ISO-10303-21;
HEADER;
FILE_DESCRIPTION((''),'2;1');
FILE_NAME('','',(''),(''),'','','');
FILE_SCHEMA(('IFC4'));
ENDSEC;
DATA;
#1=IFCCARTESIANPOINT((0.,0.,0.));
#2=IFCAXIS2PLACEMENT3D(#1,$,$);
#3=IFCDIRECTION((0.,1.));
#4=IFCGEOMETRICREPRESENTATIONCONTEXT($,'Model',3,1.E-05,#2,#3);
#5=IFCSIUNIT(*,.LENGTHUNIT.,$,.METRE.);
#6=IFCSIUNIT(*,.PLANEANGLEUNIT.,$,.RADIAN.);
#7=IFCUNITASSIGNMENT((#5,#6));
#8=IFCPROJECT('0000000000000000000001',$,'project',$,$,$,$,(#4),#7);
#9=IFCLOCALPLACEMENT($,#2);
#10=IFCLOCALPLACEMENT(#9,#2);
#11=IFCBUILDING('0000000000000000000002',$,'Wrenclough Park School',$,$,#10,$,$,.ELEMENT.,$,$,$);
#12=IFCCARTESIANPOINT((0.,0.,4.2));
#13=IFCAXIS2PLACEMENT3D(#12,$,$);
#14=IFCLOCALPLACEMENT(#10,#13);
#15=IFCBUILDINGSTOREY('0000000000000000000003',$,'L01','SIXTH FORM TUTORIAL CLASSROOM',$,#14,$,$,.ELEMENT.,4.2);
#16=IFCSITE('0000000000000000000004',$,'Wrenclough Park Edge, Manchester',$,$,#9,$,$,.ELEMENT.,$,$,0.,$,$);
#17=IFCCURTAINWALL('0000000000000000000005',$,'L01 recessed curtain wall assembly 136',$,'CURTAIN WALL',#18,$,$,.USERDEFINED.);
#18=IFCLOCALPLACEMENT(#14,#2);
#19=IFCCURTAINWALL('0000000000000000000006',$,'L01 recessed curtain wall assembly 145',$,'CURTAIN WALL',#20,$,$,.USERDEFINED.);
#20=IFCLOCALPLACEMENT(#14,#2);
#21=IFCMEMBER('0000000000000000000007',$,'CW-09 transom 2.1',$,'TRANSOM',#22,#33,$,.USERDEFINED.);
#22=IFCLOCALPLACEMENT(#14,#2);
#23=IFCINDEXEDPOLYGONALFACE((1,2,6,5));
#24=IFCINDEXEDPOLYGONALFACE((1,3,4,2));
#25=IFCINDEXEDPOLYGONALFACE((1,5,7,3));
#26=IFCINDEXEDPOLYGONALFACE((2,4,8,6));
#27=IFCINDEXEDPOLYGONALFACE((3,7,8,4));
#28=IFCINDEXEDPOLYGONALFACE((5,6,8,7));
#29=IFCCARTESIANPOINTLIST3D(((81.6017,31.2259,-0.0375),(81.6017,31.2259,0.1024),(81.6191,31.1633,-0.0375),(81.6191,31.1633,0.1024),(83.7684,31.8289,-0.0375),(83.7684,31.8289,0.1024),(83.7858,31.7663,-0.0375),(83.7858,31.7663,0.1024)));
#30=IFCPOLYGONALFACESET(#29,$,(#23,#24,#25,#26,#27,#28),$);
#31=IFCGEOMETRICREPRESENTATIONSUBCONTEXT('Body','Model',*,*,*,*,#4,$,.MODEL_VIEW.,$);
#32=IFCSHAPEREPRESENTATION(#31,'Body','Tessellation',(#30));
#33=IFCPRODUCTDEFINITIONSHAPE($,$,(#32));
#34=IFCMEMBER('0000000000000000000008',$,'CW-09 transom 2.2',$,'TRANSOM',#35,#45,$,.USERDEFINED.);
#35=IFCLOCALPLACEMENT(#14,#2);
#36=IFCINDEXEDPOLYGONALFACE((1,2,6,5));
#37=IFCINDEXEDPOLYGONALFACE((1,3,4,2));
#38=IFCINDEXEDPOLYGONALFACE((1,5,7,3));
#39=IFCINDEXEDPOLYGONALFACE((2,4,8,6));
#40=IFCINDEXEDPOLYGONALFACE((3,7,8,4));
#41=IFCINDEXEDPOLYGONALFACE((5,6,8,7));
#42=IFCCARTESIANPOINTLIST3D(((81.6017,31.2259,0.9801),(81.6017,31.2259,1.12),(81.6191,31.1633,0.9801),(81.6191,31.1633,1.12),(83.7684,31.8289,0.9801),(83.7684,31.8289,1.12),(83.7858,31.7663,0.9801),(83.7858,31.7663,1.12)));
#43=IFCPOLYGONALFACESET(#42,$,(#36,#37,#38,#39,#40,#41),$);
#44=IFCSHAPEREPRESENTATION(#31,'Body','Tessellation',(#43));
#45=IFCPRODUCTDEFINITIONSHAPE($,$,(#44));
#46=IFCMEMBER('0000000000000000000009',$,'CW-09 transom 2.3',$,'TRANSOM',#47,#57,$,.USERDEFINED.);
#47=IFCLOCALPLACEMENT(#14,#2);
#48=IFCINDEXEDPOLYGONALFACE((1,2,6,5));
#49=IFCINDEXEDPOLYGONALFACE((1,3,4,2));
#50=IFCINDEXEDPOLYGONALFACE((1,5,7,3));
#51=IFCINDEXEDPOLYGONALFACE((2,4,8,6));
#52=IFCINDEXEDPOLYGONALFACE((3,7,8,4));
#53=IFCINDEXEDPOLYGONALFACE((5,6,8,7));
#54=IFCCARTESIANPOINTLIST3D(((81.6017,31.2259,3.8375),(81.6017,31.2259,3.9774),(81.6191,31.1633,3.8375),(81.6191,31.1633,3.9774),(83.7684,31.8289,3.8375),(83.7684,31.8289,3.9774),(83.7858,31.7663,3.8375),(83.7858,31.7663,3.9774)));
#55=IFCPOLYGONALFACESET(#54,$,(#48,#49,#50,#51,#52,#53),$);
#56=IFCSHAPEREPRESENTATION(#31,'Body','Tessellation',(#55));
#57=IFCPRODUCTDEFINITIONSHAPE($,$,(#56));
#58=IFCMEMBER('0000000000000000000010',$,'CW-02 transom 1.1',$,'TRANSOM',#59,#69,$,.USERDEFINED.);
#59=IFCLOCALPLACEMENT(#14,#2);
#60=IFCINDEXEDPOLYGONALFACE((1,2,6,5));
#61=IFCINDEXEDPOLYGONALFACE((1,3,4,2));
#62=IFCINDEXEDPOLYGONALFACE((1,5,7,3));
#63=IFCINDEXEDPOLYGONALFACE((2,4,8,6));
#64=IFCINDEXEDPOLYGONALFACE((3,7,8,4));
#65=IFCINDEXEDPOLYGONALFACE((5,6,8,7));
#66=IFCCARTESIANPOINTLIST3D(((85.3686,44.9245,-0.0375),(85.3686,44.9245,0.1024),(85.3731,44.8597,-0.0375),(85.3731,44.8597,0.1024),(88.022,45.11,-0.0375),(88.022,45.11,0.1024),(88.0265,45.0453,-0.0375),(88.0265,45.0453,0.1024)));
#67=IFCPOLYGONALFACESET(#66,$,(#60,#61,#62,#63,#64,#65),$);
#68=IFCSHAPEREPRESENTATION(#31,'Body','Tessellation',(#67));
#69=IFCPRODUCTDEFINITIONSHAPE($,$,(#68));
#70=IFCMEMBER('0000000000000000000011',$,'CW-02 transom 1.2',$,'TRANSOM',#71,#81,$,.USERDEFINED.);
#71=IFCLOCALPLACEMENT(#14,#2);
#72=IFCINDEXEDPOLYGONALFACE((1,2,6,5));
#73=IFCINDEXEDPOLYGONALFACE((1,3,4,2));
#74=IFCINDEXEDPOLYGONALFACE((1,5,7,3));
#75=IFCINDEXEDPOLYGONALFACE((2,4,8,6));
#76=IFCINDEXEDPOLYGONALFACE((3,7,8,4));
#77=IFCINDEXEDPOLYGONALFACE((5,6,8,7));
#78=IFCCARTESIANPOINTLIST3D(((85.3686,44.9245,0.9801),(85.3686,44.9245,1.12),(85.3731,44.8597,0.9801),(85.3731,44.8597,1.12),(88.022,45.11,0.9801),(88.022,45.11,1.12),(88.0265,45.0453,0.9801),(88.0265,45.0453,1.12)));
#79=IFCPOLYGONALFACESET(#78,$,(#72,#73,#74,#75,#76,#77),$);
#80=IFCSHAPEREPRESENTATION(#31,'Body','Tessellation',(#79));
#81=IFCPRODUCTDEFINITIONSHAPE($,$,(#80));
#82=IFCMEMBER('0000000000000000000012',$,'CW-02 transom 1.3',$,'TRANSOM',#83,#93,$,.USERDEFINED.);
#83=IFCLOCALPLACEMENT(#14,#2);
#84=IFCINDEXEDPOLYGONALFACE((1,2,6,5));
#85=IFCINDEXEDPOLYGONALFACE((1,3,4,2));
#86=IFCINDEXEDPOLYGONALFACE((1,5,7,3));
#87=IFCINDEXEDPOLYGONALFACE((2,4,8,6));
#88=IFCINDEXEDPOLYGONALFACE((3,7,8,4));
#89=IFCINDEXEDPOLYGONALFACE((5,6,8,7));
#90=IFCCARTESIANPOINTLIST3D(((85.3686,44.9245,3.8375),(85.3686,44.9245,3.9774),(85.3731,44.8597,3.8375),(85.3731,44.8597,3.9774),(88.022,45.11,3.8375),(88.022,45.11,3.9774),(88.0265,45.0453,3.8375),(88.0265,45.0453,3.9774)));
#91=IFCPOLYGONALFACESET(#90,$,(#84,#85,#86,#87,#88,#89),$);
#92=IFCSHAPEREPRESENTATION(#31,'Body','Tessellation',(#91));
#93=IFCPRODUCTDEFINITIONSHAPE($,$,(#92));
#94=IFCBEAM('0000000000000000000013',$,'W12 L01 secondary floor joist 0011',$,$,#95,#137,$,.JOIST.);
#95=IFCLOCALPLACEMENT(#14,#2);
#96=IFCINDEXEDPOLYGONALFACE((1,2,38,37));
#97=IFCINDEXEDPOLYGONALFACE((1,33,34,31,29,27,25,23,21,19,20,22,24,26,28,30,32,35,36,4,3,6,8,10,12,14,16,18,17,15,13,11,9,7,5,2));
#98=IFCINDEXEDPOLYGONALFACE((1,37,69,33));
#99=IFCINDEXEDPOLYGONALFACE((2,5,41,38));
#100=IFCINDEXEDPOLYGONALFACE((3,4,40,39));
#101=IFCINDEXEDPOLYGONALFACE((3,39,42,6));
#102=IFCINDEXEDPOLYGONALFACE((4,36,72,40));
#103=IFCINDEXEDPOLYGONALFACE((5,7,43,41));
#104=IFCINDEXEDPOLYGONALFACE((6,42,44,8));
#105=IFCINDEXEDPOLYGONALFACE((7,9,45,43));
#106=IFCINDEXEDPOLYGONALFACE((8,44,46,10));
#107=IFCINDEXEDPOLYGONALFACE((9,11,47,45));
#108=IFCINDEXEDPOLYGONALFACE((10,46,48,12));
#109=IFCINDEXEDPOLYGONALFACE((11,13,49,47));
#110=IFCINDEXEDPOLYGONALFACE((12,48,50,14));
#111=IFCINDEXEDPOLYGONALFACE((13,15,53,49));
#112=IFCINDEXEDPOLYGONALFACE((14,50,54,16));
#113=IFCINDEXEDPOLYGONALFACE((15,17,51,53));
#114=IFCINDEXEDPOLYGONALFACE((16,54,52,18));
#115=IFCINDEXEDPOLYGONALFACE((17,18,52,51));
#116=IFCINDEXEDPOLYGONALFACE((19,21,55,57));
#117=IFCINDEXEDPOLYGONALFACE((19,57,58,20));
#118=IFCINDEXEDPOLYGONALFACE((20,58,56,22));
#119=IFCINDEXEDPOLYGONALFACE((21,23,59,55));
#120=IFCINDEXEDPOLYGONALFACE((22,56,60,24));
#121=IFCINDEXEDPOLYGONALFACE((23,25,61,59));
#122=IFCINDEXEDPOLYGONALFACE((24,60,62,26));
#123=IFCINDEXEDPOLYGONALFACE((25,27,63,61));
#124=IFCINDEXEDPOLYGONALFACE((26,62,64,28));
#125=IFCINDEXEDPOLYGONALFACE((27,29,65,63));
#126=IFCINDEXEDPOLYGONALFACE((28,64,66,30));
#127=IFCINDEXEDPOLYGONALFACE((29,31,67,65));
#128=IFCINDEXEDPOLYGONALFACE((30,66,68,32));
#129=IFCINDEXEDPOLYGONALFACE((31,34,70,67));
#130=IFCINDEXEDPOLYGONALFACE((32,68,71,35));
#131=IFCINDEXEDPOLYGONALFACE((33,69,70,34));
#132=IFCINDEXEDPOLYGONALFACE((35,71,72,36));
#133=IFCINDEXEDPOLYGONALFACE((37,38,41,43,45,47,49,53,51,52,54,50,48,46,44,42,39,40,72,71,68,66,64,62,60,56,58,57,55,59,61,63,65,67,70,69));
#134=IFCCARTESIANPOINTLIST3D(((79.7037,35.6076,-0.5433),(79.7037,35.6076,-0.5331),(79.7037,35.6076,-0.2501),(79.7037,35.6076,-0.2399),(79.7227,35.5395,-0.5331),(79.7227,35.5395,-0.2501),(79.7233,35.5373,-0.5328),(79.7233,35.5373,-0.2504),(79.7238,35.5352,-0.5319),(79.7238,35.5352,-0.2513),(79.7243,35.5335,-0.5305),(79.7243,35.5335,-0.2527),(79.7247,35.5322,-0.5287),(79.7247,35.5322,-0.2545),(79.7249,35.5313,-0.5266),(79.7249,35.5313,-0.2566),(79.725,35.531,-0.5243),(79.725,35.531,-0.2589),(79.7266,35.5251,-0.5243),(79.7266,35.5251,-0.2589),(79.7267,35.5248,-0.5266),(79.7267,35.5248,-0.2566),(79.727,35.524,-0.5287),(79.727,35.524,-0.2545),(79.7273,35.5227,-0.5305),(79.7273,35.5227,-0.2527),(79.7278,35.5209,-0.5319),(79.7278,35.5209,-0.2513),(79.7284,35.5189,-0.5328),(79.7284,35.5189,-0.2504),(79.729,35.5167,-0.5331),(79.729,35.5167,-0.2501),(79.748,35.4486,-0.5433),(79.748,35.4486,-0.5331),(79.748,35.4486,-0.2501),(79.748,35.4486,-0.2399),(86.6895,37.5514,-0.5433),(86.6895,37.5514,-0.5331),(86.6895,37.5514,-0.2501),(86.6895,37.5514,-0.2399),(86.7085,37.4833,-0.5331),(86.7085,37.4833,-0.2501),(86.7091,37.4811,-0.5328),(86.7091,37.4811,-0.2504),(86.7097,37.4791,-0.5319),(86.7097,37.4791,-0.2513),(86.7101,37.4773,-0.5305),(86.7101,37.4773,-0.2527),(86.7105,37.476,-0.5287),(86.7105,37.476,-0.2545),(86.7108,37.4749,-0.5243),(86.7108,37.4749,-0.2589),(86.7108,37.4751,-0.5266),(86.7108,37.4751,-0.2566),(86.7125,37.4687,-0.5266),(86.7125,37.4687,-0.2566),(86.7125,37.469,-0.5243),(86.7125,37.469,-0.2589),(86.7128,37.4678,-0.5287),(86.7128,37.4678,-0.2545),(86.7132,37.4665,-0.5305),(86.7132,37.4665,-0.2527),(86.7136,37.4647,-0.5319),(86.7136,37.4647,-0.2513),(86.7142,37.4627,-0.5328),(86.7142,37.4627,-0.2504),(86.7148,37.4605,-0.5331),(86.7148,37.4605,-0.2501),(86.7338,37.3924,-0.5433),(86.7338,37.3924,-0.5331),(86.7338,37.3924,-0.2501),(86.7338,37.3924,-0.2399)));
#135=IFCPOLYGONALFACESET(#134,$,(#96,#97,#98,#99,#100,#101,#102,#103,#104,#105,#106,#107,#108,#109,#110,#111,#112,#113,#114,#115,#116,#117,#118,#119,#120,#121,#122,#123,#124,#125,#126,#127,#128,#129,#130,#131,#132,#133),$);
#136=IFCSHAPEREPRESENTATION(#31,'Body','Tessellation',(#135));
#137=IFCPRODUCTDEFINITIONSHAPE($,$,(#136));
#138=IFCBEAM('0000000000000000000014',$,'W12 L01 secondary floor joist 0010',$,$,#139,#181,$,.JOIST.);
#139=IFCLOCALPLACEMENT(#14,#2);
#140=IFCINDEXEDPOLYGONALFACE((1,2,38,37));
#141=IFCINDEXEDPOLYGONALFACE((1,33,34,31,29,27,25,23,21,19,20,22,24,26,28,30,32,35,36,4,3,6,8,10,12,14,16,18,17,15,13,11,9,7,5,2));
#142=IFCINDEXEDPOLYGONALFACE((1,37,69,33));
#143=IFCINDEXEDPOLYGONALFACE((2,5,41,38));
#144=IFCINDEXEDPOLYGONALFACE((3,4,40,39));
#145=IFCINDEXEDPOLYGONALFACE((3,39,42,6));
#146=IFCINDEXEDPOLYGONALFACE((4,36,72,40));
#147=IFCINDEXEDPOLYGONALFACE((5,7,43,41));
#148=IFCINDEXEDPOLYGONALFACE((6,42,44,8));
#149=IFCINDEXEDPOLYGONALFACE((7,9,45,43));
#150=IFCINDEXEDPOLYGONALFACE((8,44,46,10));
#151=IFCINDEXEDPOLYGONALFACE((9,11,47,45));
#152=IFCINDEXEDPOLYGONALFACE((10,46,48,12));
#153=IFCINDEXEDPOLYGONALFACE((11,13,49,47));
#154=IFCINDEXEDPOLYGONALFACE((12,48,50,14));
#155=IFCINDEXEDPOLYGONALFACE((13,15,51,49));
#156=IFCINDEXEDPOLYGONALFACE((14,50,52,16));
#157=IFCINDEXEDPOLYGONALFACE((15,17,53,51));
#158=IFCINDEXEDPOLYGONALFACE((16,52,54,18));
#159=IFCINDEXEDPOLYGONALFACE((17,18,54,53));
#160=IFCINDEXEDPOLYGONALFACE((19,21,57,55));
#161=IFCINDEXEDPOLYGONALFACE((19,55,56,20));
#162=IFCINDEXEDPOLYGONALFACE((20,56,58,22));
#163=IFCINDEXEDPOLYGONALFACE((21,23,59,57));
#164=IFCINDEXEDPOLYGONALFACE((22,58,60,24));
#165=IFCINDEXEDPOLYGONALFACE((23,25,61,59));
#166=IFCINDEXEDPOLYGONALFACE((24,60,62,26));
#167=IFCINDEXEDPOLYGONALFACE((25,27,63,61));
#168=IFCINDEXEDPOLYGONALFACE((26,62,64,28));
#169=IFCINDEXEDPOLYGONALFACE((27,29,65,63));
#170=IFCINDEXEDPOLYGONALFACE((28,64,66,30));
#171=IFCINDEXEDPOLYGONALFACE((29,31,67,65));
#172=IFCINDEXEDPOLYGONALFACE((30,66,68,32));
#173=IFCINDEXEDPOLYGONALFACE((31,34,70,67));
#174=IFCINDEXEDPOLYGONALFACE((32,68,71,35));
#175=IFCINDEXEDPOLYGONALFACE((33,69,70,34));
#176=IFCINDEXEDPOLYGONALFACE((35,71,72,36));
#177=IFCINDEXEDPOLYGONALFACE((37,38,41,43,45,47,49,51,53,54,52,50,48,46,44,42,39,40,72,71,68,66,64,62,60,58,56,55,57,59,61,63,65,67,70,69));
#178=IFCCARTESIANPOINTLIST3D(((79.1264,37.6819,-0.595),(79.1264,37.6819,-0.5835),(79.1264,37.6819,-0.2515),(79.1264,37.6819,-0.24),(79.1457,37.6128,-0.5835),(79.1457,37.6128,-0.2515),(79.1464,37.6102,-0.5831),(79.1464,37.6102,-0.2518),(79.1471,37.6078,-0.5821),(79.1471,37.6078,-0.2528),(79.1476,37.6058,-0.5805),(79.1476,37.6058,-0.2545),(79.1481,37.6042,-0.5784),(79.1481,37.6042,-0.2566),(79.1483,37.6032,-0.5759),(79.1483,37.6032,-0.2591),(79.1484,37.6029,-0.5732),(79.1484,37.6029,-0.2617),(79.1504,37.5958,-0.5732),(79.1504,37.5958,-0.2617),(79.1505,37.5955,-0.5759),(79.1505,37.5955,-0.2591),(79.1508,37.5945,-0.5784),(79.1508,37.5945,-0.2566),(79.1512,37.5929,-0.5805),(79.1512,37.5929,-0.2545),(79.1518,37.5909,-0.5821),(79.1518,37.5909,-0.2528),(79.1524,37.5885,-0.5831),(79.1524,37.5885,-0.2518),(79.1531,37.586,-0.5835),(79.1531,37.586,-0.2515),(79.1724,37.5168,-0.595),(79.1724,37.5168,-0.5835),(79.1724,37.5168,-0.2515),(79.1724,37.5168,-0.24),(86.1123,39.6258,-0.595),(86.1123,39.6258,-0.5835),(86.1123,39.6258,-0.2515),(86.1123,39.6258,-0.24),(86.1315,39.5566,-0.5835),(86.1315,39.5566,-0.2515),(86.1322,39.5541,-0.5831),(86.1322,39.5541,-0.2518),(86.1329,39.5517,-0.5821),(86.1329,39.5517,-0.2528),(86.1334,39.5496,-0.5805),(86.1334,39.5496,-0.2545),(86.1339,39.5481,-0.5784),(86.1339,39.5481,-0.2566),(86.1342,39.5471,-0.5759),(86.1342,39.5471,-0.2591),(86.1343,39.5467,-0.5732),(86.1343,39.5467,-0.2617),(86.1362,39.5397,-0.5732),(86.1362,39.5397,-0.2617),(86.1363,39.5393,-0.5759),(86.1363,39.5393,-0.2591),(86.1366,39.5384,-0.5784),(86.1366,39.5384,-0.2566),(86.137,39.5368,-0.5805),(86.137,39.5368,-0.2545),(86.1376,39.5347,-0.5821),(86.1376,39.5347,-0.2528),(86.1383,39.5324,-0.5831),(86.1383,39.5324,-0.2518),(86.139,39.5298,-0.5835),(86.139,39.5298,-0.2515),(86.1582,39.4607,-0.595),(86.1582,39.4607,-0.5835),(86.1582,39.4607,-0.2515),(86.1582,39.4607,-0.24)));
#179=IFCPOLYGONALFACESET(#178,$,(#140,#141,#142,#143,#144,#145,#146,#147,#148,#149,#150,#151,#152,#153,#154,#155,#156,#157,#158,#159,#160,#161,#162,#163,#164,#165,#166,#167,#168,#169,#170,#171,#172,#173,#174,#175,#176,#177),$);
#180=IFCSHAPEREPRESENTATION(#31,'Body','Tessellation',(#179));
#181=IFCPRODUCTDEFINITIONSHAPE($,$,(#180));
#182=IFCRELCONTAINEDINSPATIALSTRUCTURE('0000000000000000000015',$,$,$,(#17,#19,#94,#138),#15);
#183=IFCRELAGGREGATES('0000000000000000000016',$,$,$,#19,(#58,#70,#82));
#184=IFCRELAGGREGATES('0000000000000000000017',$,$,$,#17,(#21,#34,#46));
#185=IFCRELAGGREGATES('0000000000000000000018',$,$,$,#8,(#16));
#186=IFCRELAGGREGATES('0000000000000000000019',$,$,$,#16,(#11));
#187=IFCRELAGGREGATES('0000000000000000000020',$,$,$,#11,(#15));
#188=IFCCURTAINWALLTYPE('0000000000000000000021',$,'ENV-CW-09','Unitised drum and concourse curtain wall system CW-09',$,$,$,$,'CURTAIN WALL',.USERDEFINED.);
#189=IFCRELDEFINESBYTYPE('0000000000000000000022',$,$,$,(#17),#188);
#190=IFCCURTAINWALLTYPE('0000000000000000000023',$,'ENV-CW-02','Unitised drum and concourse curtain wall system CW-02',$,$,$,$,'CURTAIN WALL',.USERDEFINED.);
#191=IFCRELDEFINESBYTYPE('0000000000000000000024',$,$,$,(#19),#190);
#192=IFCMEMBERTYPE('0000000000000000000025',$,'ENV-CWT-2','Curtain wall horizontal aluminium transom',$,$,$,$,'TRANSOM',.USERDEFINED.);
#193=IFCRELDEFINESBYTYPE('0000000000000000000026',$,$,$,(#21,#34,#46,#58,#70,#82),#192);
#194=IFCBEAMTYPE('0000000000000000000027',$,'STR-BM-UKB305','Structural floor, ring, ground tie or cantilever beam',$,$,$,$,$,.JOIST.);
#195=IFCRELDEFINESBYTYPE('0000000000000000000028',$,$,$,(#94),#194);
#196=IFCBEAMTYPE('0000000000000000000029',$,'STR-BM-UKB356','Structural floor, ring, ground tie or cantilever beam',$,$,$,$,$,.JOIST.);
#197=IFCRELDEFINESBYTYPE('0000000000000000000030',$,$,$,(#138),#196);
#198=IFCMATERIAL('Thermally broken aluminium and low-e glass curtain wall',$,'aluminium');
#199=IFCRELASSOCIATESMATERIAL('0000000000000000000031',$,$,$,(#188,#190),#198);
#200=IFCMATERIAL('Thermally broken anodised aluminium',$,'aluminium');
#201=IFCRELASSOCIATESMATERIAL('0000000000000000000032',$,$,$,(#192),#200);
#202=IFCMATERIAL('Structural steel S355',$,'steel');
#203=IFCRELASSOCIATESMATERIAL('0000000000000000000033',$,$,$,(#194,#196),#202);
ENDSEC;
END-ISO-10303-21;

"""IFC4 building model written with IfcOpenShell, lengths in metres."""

from ifc_helpers import new_model, si_unit, direction, frame, origin, origin_2d, place, context, subcontext, project, spatial, rectangle, i_section, extrude, material, material_profile, profile_set, type_object, element, aggregate, save


model = new_model("IFC4")

# Units and contexts
model_context = context("Model", 3, precision=1e-05, world=origin(), true_north=direction((0.0, 1.0)))
body_context = subcontext(model_context, "Body", "Model", "MODEL_VIEW")
ifc_project = project(units=[si_unit("LENGTHUNIT", "METRE"), si_unit("PLANEANGLEUNIT", "RADIAN")], contexts=[model_context])

# Site, building, storey
site_placement = place(None, origin())
site = spatial("IfcSite", under=ifc_project, at=site_placement, Name="Wrenclough Park Edge, Manchester", CompositionType="ELEMENT", RefElevation=0.0)
building_placement = place(site_placement, origin())
building = spatial("IfcBuilding", under=site, at=building_placement, Name="Wrenclough Park School", CompositionType="ELEMENT")
storey_placement = place(building_placement, frame((0.0, 0.0, 4.2)))
storey = spatial("IfcBuildingStorey", under=building, at=storey_placement, Name="L01", Description="SIXTH FORM TUTORIAL CLASSROOM", CompositionType="ELEMENT", Elevation=4.2)

# Shared definitions
ifc_material_1 = material(Name="Structural steel S355", Category="steel")

# Shared definitions
ifc_material_2 = material(Name="Thermally broken aluminium and low-e glass curtain wall", Category="aluminium")
ifc_material_3 = material(Name="Thermally broken anodised aluminium", Category="aluminium")

# Curtain walls
curtain_wall_type_1 = type_object("IfcCurtainWallType", Name="ENV-CW-09", Description="Unitised drum and concourse curtain wall system CW-09", ElementType="CURTAIN WALL", PredefinedType="USERDEFINED", material=ifc_material_2)
curtain_wall_1_placement = place(storey_placement, origin())
curtain_wall_1 = element("IfcCurtainWall", 1, at=curtain_wall_1_placement, inside=storey, type_object=curtain_wall_type_1, Name="L01 recessed curtain wall assembly 136", ObjectType="CURTAIN WALL", PredefinedType="USERDEFINED")
curtain_wall_type_2 = type_object("IfcCurtainWallType", Name="ENV-CW-02", Description="Unitised drum and concourse curtain wall system CW-02", ElementType="CURTAIN WALL", PredefinedType="USERDEFINED", material=ifc_material_2)
curtain_wall_2_placement = place(storey_placement, origin())
curtain_wall_2 = element("IfcCurtainWall", 2, at=curtain_wall_2_placement, inside=storey, type_object=curtain_wall_type_2, Name="L01 recessed curtain wall assembly 145", ObjectType="CURTAIN WALL", PredefinedType="USERDEFINED")

# Members
ifc_material_profile_1 = material_profile(ifc_material_3, rectangle(XDim=0.0649, YDim=0.1399, at=origin_2d()), Name="AL TRANSOM 65x140")
ifc_profile_set_1 = profile_set([ifc_material_profile_1], Name="Thermally broken anodised aluminium")
member_type_1 = type_object("IfcMemberType", Name="ENV-CWT-2", Description="Curtain wall horizontal aluminium transom", ElementType="TRANSOM", PredefinedType="USERDEFINED", material=ifc_profile_set_1)
member_1_placement = place(storey_placement, frame((83.7771, 31.7976, 0.0325), z_axis=(-0.963386, -0.26812, 0.0), x_axis=(0.26812, -0.963386, 0.0)))
member_1 = element("IfcMember", 3, at=member_1_placement, type_object=member_type_1, Name="CW-09 transom 2.1", ObjectType="TRANSOM", PredefinedType="USERDEFINED", context=body_context, shape_type="SweptSolid", body=[
    extrude(rectangle(XDim=0.0649, YDim=0.1399, at=origin_2d()), origin(), (0.0, 0.0, 1.0), 2.249),
])
member_2_placement = place(storey_placement, frame((83.7771, 31.7976, 1.05), z_axis=(-0.963386, -0.26812, 0.0), x_axis=(0.26812, -0.963386, 0.0)))
member_2 = element("IfcMember", 4, at=member_2_placement, type_object=member_type_1, Name="CW-09 transom 2.2", ObjectType="TRANSOM", PredefinedType="USERDEFINED", context=body_context, shape_type="SweptSolid", body=[
    extrude(rectangle(XDim=0.0649, YDim=0.1399, at=origin_2d()), origin(), (0.0, 0.0, 1.0), 2.249),
])
member_3_placement = place(storey_placement, frame((83.7771, 31.7976, 3.9075), z_axis=(-0.963386, -0.26812, 0.0), x_axis=(0.26812, -0.963386, 0.0)))
member_3 = element("IfcMember", 5, at=member_3_placement, type_object=member_type_1, Name="CW-09 transom 2.3", ObjectType="TRANSOM", PredefinedType="USERDEFINED", context=body_context, shape_type="SweptSolid", body=[
    extrude(rectangle(XDim=0.0649, YDim=0.1399, at=origin_2d()), origin(), (0.0, 0.0, 1.0), 2.249),
])
member_4_placement = place(storey_placement, frame((85.3708, 44.8921, 0.0325), z_axis=(0.997564, 0.06976, 0.0), x_axis=(-0.06976, 0.997564, 0.0)))
member_4 = element("IfcMember", 6, at=member_4_placement, type_object=member_type_1, Name="CW-02 transom 1.1", ObjectType="TRANSOM", PredefinedType="USERDEFINED", context=body_context, shape_type="SweptSolid", body=[
    extrude(rectangle(XDim=0.0649, YDim=0.1399, at=origin_2d()), origin(), (0.0, 0.0, 1.0), 2.6599),
])
member_5_placement = place(storey_placement, frame((85.3708, 44.8921, 1.05), z_axis=(0.997564, 0.06976, 0.0), x_axis=(-0.06976, 0.997564, 0.0)))
member_5 = element("IfcMember", 7, at=member_5_placement, type_object=member_type_1, Name="CW-02 transom 1.2", ObjectType="TRANSOM", PredefinedType="USERDEFINED", context=body_context, shape_type="SweptSolid", body=[
    extrude(rectangle(XDim=0.0649, YDim=0.1399, at=origin_2d()), origin(), (0.0, 0.0, 1.0), 2.6599),
])
member_6_placement = place(storey_placement, frame((85.3708, 44.8921, 3.9075), z_axis=(0.997564, 0.06976, 0.0), x_axis=(-0.06976, 0.997564, 0.0)))
member_6 = element("IfcMember", 8, at=member_6_placement, type_object=member_type_1, Name="CW-02 transom 1.3", ObjectType="TRANSOM", PredefinedType="USERDEFINED", context=body_context, shape_type="SweptSolid", body=[
    extrude(rectangle(XDim=0.0649, YDim=0.1399, at=origin_2d()), origin(), (0.0, 0.0, 1.0), 2.6599),
])
aggregate(curtain_wall_2, [member_4, member_5, member_6])

# Beams
ifc_material_profile_2 = material_profile(ifc_material_1, i_section(OverallWidth=0.165, OverallDepth=0.3035, WebThickness=0.0061, FlangeThickness=0.0103, FilletRadius=0.0088, at=origin_2d()), Name="UKB 305x165x40")
ifc_profile_set_2 = profile_set([ifc_material_profile_2], Name="Structural steel S355")
beam_type_1 = type_object("IfcBeamType", Name="STR-BM-UKB305", Description="Structural floor, ring, ground tie or cantilever beam", PredefinedType="JOIST", material=ifc_profile_set_2)
beam_1_placement = place(storey_placement, frame((79.7258, 35.5281, -0.3916), z_axis=(0.963399, 0.268071, 0.0), x_axis=(-0.268071, 0.963399, 0.0)))
element("IfcBeam", 9, at=beam_1_placement, inside=storey, type_object=beam_type_1, Name="W12 L01 secondary floor joist 0011", PredefinedType="JOIST", context=body_context, shape_type="SweptSolid", body=[
    extrude(i_section(OverallWidth=0.165, OverallDepth=0.3035, WebThickness=0.0061, FlangeThickness=0.0103, FilletRadius=0.0088, at=origin_2d()), origin(), (0.0, 0.0, 1.0), 7.2512),
])
ifc_material_profile_3 = material_profile(ifc_material_1, i_section(OverallWidth=0.1714, OverallDepth=0.355, WebThickness=0.0073, FlangeThickness=0.0115, FilletRadius=0.0103, at=origin_2d()), Name="UKB 356x171x51")
ifc_profile_set_3 = profile_set([ifc_material_profile_3], Name="Structural steel S355")
beam_type_2 = type_object("IfcBeamType", Name="STR-BM-UKB356", Description="Structural floor, ring, ground tie or cantilever beam", PredefinedType="JOIST", material=ifc_profile_set_3)
for number, where, z_axis, x_axis, name in (
    (10, (79.1494, 37.5994, -0.4175), (0.963399, 0.268071, 0.0), (-0.268071, 0.963399, 0.0), "W12 L01 secondary floor joist 0010"),
):
    element("IfcBeam", number, at=place(storey_placement, frame(where, z_axis=z_axis, x_axis=x_axis)), inside=storey, type_object=beam_type_2, Name=name, PredefinedType="JOIST", context=body_context, shape_type="SweptSolid", body=[
        extrude(i_section(OverallWidth=0.1714, OverallDepth=0.355, WebThickness=0.0073, FlangeThickness=0.0115, FilletRadius=0.0103, at=origin_2d()), origin(), (0.0, 0.0, 1.0), 7.2512),
    ])

aggregate(curtain_wall_1, [member_1, member_2, member_3])

save(model, "model.ifc")
